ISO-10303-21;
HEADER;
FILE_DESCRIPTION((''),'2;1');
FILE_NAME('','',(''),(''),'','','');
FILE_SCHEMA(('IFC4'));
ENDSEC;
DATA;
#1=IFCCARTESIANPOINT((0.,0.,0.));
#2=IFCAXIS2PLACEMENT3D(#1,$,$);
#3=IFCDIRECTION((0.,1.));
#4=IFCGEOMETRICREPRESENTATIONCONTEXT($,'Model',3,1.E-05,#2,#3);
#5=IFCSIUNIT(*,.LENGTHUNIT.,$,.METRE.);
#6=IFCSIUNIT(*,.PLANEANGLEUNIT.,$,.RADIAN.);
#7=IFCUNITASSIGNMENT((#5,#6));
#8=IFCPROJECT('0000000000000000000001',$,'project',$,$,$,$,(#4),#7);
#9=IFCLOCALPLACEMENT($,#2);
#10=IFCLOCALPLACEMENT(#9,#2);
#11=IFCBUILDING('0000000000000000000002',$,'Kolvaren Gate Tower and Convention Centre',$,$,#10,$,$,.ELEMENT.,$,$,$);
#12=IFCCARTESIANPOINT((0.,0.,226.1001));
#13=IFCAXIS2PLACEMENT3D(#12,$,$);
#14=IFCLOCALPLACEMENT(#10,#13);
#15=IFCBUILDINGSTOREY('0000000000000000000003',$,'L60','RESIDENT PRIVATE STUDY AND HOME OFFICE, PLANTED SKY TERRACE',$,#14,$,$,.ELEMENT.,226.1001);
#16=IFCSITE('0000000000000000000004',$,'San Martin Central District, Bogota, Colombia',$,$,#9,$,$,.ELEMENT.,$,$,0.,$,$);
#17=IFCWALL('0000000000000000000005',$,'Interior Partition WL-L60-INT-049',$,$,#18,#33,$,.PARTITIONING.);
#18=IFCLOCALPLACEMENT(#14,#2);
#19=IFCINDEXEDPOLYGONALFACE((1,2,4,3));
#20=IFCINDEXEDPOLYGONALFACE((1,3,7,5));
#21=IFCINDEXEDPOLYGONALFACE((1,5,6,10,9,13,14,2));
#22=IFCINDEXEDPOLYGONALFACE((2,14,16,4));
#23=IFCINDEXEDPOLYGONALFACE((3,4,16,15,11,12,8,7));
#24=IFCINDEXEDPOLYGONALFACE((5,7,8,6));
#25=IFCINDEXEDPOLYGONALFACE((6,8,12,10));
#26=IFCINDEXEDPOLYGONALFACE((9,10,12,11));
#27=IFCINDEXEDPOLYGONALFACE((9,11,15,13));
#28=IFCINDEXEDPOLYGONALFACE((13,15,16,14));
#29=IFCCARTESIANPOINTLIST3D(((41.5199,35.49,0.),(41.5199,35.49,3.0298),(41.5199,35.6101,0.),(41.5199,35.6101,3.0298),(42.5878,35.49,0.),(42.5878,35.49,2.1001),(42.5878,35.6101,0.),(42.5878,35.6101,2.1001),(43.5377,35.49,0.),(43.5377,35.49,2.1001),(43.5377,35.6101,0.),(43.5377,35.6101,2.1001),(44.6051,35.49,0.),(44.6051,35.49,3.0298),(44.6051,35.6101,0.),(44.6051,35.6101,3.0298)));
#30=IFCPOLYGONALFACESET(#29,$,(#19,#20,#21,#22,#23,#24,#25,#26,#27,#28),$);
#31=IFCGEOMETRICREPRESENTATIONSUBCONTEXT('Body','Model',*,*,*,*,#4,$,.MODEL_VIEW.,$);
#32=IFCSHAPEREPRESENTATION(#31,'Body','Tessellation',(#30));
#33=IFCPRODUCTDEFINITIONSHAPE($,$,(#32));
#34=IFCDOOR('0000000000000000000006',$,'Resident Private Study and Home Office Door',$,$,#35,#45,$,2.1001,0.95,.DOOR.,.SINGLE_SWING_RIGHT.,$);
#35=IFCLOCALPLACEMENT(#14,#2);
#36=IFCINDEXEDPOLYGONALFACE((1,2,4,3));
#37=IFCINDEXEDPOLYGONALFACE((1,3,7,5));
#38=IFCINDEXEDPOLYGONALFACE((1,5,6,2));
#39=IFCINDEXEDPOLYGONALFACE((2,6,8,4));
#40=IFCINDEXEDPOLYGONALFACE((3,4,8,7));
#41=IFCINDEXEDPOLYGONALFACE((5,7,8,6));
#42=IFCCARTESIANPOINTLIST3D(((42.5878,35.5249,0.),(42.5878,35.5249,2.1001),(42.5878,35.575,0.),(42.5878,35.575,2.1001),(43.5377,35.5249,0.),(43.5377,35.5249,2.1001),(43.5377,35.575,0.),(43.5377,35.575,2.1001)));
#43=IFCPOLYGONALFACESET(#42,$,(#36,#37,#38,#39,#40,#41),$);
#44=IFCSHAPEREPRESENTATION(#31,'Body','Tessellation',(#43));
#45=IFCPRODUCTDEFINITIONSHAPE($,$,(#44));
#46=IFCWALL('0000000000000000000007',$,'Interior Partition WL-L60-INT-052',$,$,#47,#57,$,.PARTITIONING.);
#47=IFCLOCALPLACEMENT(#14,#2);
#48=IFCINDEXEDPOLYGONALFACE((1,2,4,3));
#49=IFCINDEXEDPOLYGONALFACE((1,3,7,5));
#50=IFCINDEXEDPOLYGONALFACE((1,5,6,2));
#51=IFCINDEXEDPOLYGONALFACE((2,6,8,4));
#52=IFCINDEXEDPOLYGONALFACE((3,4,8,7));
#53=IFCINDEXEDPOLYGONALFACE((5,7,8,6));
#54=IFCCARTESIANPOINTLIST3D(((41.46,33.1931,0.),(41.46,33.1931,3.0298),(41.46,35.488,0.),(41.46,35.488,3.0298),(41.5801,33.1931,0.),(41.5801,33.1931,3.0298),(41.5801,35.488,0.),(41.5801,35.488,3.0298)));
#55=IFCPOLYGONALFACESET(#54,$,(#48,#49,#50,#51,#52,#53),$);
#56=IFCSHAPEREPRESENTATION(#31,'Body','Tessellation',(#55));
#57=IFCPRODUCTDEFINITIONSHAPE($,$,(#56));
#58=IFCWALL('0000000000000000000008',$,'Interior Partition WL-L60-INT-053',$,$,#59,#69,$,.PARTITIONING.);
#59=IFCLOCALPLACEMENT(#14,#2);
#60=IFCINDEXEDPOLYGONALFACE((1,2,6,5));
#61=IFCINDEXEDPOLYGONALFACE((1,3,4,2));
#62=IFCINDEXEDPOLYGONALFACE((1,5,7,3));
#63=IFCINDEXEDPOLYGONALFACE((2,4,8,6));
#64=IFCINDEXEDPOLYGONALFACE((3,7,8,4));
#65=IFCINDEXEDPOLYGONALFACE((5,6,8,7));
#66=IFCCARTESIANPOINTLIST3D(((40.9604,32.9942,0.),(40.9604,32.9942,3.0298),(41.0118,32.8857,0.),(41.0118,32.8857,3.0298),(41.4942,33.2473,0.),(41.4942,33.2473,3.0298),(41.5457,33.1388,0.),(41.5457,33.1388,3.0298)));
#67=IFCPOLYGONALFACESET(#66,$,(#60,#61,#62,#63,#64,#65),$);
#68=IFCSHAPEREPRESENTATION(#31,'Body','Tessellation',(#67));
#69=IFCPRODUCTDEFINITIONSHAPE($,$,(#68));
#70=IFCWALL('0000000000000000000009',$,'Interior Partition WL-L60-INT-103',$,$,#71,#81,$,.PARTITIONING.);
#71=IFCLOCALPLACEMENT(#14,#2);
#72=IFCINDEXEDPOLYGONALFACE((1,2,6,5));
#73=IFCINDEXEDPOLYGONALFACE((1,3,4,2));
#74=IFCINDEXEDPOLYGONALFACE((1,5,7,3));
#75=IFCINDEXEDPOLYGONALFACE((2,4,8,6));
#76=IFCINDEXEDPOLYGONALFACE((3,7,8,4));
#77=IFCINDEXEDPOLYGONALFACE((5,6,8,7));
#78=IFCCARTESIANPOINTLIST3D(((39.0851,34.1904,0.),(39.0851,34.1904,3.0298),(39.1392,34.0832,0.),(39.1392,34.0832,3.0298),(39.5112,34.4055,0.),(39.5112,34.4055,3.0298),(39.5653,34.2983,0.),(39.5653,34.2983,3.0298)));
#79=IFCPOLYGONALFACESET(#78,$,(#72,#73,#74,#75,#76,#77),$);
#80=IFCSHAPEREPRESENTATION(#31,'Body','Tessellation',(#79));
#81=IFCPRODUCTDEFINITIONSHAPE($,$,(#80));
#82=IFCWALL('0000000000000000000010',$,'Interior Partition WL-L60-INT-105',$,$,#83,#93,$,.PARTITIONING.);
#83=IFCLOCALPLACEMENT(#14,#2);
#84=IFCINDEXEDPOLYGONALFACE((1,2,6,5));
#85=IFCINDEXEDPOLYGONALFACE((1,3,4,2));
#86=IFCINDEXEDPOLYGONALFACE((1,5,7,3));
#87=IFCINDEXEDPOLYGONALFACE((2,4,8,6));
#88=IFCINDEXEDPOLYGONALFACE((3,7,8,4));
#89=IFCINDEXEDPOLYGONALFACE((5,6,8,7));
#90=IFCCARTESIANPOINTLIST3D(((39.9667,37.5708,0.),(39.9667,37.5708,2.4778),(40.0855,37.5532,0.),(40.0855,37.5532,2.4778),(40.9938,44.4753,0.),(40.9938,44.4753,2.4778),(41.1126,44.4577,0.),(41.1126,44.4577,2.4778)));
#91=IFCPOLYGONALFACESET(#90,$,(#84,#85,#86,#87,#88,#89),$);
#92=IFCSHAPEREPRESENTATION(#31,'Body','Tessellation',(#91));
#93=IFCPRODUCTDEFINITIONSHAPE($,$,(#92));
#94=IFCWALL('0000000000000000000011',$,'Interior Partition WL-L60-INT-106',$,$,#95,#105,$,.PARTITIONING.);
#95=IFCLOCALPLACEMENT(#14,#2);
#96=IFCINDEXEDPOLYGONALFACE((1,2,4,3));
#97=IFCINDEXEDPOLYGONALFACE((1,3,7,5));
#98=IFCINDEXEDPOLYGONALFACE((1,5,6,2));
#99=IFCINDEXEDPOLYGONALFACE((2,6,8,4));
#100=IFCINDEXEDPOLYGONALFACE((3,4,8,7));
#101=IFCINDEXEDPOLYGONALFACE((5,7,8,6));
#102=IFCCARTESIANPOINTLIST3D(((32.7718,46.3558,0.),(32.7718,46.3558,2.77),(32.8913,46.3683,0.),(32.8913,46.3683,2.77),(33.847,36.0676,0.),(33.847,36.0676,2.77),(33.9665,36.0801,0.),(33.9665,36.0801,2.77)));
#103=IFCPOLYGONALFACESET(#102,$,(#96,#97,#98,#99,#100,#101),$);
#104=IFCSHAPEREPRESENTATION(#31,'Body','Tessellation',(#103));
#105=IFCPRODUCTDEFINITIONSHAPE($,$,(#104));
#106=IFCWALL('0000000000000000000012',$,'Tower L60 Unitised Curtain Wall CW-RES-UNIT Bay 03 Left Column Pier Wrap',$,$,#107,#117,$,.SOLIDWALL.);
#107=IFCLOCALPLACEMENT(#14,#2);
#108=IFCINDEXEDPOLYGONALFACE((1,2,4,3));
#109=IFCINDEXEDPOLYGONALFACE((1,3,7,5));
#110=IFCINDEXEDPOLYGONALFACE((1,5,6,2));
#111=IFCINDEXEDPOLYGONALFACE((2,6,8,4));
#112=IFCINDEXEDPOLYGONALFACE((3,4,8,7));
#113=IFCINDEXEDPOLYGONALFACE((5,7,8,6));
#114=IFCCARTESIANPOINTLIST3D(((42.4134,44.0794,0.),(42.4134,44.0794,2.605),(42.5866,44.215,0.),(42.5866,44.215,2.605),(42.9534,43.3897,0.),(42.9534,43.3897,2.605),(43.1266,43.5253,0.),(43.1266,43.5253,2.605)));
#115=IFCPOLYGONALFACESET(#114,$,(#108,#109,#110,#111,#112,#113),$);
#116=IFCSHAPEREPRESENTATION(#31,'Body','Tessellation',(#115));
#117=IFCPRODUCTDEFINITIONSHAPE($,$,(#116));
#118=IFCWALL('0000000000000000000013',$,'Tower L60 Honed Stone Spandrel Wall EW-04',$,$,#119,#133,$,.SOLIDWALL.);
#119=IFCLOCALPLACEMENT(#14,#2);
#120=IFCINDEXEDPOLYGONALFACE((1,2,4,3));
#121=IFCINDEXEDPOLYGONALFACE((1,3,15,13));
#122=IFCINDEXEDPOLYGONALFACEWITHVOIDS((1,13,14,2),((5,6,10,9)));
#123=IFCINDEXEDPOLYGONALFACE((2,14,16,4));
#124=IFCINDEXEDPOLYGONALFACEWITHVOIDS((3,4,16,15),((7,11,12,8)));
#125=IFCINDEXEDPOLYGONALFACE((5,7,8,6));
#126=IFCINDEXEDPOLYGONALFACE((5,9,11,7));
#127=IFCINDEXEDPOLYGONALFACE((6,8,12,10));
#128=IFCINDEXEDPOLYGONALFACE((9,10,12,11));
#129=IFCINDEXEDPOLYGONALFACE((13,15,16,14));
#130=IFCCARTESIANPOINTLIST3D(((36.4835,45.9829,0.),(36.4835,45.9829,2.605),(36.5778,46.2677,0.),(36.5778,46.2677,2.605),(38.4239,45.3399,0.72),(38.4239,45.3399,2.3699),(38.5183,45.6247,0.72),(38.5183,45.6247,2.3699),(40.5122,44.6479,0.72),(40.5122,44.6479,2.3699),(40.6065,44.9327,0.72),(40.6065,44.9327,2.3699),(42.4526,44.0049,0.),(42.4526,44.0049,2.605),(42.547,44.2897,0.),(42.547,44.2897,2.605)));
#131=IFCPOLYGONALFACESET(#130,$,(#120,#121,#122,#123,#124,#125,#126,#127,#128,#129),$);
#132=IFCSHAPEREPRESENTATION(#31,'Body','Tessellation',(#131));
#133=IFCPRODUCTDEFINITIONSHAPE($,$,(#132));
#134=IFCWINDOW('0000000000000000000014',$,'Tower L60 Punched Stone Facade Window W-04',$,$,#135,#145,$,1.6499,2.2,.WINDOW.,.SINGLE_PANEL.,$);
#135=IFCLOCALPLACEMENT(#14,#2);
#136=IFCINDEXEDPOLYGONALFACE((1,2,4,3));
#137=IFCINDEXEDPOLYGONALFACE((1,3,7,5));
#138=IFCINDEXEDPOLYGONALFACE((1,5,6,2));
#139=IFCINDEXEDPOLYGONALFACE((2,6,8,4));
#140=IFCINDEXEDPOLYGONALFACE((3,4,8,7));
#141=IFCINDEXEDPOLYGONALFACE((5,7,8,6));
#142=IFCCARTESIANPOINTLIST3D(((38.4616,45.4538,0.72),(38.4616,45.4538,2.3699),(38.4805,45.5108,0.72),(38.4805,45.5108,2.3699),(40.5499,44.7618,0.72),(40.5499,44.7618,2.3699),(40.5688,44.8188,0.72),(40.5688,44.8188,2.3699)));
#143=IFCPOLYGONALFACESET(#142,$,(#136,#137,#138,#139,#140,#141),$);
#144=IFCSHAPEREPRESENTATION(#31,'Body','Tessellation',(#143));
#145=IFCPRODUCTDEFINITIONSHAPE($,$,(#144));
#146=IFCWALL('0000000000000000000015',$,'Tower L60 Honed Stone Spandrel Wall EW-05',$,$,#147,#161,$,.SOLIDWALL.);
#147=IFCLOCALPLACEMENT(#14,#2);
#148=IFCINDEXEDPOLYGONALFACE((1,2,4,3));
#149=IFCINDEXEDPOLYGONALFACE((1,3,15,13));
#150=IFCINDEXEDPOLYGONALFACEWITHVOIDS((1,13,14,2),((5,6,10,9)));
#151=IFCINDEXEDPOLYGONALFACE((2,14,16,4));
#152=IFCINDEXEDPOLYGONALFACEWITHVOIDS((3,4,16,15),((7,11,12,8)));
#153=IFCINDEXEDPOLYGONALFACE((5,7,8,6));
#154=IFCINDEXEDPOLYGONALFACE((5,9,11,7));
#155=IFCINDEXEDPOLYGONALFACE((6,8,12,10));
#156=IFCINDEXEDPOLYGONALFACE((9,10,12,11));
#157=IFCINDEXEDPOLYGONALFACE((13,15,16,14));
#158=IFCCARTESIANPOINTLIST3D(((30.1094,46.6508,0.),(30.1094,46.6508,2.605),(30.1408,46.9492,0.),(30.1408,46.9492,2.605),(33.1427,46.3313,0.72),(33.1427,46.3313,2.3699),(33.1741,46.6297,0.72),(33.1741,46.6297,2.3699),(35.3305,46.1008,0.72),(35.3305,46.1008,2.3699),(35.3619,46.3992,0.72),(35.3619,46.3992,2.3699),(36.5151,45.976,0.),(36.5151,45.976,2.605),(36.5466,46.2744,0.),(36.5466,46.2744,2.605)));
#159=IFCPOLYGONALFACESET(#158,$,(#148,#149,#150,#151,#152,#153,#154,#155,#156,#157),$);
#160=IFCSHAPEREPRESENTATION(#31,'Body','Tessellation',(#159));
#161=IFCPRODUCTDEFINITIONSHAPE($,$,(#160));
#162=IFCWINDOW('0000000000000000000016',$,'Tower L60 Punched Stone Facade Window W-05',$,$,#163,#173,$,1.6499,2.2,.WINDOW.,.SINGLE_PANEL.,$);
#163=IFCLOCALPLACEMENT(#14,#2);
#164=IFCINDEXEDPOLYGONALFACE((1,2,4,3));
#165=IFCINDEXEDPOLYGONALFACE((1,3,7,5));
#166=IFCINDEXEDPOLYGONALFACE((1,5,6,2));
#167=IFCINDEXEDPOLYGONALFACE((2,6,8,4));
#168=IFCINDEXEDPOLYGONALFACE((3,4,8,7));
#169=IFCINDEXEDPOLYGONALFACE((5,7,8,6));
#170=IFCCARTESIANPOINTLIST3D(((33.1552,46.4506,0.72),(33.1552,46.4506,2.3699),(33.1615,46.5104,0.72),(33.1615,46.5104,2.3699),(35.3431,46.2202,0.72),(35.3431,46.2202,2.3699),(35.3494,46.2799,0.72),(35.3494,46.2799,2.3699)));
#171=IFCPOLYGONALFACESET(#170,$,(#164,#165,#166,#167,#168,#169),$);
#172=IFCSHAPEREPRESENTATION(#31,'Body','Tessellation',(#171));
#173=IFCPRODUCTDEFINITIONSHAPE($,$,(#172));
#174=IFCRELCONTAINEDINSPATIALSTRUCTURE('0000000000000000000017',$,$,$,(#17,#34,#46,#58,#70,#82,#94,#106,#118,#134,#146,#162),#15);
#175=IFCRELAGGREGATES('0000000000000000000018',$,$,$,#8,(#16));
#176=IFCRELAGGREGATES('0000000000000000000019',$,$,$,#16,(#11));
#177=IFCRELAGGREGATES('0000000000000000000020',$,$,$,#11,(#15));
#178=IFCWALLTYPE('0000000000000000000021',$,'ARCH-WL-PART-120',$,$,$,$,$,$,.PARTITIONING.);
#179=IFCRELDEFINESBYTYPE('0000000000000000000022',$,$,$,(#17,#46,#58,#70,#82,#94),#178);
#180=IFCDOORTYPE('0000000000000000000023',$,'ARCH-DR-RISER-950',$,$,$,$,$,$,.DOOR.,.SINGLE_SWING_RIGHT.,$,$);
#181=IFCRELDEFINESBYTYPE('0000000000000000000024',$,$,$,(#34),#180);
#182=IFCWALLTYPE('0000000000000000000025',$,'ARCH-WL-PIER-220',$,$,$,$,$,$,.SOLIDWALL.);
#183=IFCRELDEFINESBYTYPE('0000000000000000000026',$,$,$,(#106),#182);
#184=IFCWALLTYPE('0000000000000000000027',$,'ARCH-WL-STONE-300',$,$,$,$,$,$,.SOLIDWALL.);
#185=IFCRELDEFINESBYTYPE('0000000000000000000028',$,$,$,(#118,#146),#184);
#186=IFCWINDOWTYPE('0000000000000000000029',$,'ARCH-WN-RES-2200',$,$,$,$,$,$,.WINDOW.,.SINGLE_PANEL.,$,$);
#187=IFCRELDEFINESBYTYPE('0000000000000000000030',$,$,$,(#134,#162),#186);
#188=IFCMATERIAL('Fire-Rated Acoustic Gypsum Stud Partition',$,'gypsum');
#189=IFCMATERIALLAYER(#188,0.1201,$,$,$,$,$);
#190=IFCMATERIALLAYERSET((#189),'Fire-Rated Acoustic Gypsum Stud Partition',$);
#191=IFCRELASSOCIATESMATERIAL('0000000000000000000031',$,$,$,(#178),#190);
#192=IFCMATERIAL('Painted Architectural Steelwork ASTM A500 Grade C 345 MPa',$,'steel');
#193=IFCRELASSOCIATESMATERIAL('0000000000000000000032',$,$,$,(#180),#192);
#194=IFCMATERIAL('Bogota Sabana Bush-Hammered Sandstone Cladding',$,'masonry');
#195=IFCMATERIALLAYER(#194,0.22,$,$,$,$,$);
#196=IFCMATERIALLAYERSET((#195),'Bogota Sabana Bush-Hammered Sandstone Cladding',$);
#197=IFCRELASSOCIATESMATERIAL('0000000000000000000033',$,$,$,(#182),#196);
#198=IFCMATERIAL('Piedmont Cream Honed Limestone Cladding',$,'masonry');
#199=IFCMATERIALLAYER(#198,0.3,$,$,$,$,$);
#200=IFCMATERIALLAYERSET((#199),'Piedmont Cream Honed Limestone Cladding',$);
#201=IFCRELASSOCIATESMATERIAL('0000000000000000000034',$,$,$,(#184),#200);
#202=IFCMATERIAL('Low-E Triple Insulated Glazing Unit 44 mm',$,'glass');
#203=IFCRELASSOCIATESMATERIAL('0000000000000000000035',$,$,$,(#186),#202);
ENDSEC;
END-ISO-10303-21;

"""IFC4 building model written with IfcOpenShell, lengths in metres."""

from ifc_helpers import new_model, si_unit, direction, frame, frame_2d, origin, place, context, subcontext, project, spatial, rectangle, extrude, material, layer, layer_set, type_object, element, fill, save


model = new_model("IFC4")

# Units and contexts
model_context = context("Model", 3, precision=1e-05, world=origin(), true_north=direction((0.0, 1.0)))
body_context = subcontext(model_context, "Body", "Model", "MODEL_VIEW")
ifc_project = project(units=[si_unit("LENGTHUNIT", "METRE"), si_unit("PLANEANGLEUNIT", "RADIAN")], contexts=[model_context])

# Site, building, storey
site_placement = place(None, origin())
site = spatial("IfcSite", under=ifc_project, at=site_placement, Name="San Martin Central District, Bogota, Colombia", CompositionType="ELEMENT", RefElevation=0.0)
building_placement = place(site_placement, origin())
building = spatial("IfcBuilding", under=site, at=building_placement, Name="Kolvaren Gate Tower and Convention Centre", CompositionType="ELEMENT")
storey_placement = place(building_placement, frame((0.0, 0.0, 226.1001)))
storey = spatial("IfcBuildingStorey", under=building, at=storey_placement, Name="L60", Description="RESIDENT PRIVATE STUDY AND HOME OFFICE, PLANTED SKY TERRACE", CompositionType="ELEMENT", Elevation=226.1001)

# Shared definitions
ifc_material_1 = material(Name="Fire-Rated Acoustic Gypsum Stud Partition", Category="gypsum")
ifc_layer_1 = layer(ifc_material_1, 0.1201)
ifc_layer_set_1 = layer_set([ifc_layer_1], Name="Fire-Rated Acoustic Gypsum Stud Partition")
wall_type_1 = type_object("IfcWallType", Name="ARCH-WL-PART-120", PredefinedType="PARTITIONING", material=ifc_layer_set_1)
ifc_material_2 = material(Name="Painted Architectural Steelwork ASTM A500 Grade C 345 MPa", Category="steel")
door_type = type_object("IfcDoorType", Name="ARCH-DR-RISER-950", OperationType="SINGLE_SWING_RIGHT", PredefinedType="DOOR", material=ifc_material_2)

# Wall, opening, door
wall_1_placement = place(storey_placement, frame((41.52, 35.55, 0.0), z_axis=(0.0, 0.0, 1.0), x_axis=(1.0, 0.0, 0.0)))
wall_1 = element("IfcWall", 1, at=wall_1_placement, inside=storey, type_object=wall_type_1, Name="Interior Partition WL-L60-INT-049", PredefinedType="PARTITIONING", context=body_context, shape_type="SweptSolid", body=[
    extrude(rectangle(XDim=3.0852, YDim=0.1201, at=frame_2d((1.5425, 0.0))), origin(), (0.0, 0.0, 1.0), 3.0298),
])
opening_1_placement = place(wall_1_placement, frame((1.0676, 0.0, 0.0)))
opening_1 = element("IfcOpeningElement", 2, at=opening_1_placement, cuts=wall_1, PredefinedType="OPENING", context=body_context, shape_type="SweptSolid", body=[
    extrude(rectangle(XDim=0.95, YDim=2.1001, at=frame_2d((0.4751, 1.05))), frame((0.0, 0.0701, 0.0), z_axis=(0.0, -1.0, 0.0), x_axis=(1.0, 0.0, 0.0)), (0.0, 0.0, 1.0), 0.1401),
])
door_1_placement = place(opening_1_placement, origin())
door_1 = element("IfcDoor", 3, at=door_1_placement, inside=storey, type_object=door_type, Name="Resident Private Study and Home Office Door", OperationType="SINGLE_SWING_RIGHT", OverallHeight=2.1001, OverallWidth=0.95, PredefinedType="DOOR", context=body_context, shape_type="SweptSolid", body=[
    extrude(rectangle(XDim=0.95, YDim=2.1001, at=frame_2d((0.4751, 1.05))), frame((0.0, 0.0249, 0.0), z_axis=(0.0, -1.0, 0.0), x_axis=(1.0, 0.0, 0.0)), (0.0, 0.0, 1.0), 0.05),
])
fill(opening_1, door_1)

# Walls
wall_2_placement = place(storey_placement, frame((41.52, 33.1931, 0.0), z_axis=(0.0, 0.0, 1.0), x_axis=(0.0, 1.0, 0.0)))
element("IfcWall", 4, at=wall_2_placement, inside=storey, type_object=wall_type_1, Name="Interior Partition WL-L60-INT-052", PredefinedType="PARTITIONING", context=body_context, shape_type="SweptSolid", body=[
    extrude(rectangle(XDim=2.2949, YDim=0.1201, at=frame_2d((1.1475, 0.0))), origin(), (0.0, 0.0, 1.0), 3.0298),
])
wall_3_placement = place(storey_placement, frame((40.9861, 32.9399, 0.0), z_axis=(0.0, 0.0, 1.0), x_axis=(0.90357, 0.428442, 0.0)))
element("IfcWall", 5, at=wall_3_placement, inside=storey, type_object=wall_type_1, Name="Interior Partition WL-L60-INT-053", PredefinedType="PARTITIONING", context=body_context, shape_type="SweptSolid", body=[
    extrude(rectangle(XDim=0.5908, YDim=0.1201, at=frame_2d((0.2954, 0.0))), origin(), (0.0, 0.0, 1.0), 3.0298),
])
wall_4_placement = place(storey_placement, frame((39.1121, 34.1367, 0.0), z_axis=(0.0, 0.0, 1.0), x_axis=(0.892681, 0.450689, 0.0)))
element("IfcWall", 6, at=wall_4_placement, inside=storey, type_object=wall_type_1, Name="Interior Partition WL-L60-INT-103", PredefinedType="PARTITIONING", context=body_context, shape_type="SweptSolid", body=[
    extrude(rectangle(XDim=0.4773, YDim=0.1201, at=frame_2d((0.2388, 0.0))), origin(), (0.0, 0.0, 1.0), 3.0298),
])
wall_5_placement = place(storey_placement, frame((40.0261, 37.562, 0.0), z_axis=(0.0, 0.0, 1.0), x_axis=(0.147138, 0.989116, 0.0)))
element("IfcWall", 7, at=wall_5_placement, inside=storey, type_object=wall_type_1, Name="Interior Partition WL-L60-INT-105", PredefinedType="PARTITIONING", context=body_context, shape_type="SweptSolid", body=[
    extrude(rectangle(XDim=6.9805, YDim=0.1201, at=frame_2d((3.4902, 0.0))), origin(), (0.0, 0.0, 1.0), 2.4778),
])
wall_6_placement = place(storey_placement, frame((32.8315, 46.3621, 0.0), z_axis=(0.0, 0.0, 1.0), x_axis=(0.103943, -0.994583, 0.0)))
element("IfcWall", 8, at=wall_6_placement, inside=storey, type_object=wall_type_1, Name="Interior Partition WL-L60-INT-106", PredefinedType="PARTITIONING", context=body_context, shape_type="SweptSolid", body=[
    extrude(rectangle(XDim=10.3442, YDim=0.1201, at=frame_2d((5.1721, 0.0))), origin(), (0.0, 0.0, 1.0), 2.77),
])
ifc_material_3 = material(Name="Bogota Sabana Bush-Hammered Sandstone Cladding", Category="masonry")
ifc_layer_2 = layer(ifc_material_3, 0.22)
ifc_layer_set_2 = layer_set([ifc_layer_2], Name="Bogota Sabana Bush-Hammered Sandstone Cladding")
wall_type_2 = type_object("IfcWallType", Name="ARCH-WL-PIER-220", PredefinedType="SOLIDWALL", material=ifc_layer_set_2)
wall_7_placement = place(storey_placement, frame((42.5, 44.1472, 0.0), z_axis=(0.0, 0.0, 1.0), x_axis=(0.616504, -0.787352, 0.0)))
element("IfcWall", 9, at=wall_7_placement, inside=storey, type_object=wall_type_2, Name="Tower L60 Unitised Curtain Wall CW-RES-UNIT Bay 03 Left Column Pier Wrap", PredefinedType="SOLIDWALL", context=body_context, shape_type="SweptSolid", body=[
    extrude(rectangle(XDim=0.876, YDim=0.22, at=frame_2d((0.438, 0.0))), origin(), (0.0, 0.0, 1.0), 2.605),
])

# Walls, openings, windows
ifc_material_4 = material(Name="Piedmont Cream Honed Limestone Cladding", Category="masonry")
ifc_layer_3 = layer(ifc_material_4, 0.3)
ifc_layer_set_3 = layer_set([ifc_layer_3], Name="Piedmont Cream Honed Limestone Cladding")
wall_type_3 = type_object("IfcWallType", Name="ARCH-WL-STONE-300", PredefinedType="SOLIDWALL", material=ifc_layer_set_3)
wall_8_placement = place(storey_placement, frame((36.5308, 46.1252, 0.0), z_axis=(0.0, 0.0, 1.0), x_axis=(0.949241, -0.31455, 0.0)))
wall_8 = element("IfcWall", 10, at=wall_8_placement, inside=storey, type_object=wall_type_3, Name="Tower L60 Honed Stone Spandrel Wall EW-04", PredefinedType="SOLIDWALL", context=body_context, shape_type="SweptSolid", body=[
    extrude(rectangle(XDim=6.2883, YDim=0.3, at=frame_2d((3.144, 0.0))), origin(), (0.0, 0.0, 1.0), 2.605),
])
opening_2_placement = place(wall_8_placement, frame((2.0439, 0.0, 0.72)))
opening_2 = element("IfcOpeningElement", 11, at=opening_2_placement, cuts=wall_8, PredefinedType="OPENING", context=body_context, shape_type="SweptSolid", body=[
    extrude(rectangle(XDim=2.2, YDim=1.6499, at=frame_2d((1.1001, 0.825))), frame((0.0, 0.1599, 0.0), z_axis=(0.0, -1.0, 0.0), x_axis=(1.0, 0.0, 0.0)), (0.0, 0.0, 1.0), 0.3201),
])
ifc_material_5 = material(Name="Low-E Triple Insulated Glazing Unit 44 mm", Category="glass")
window_type = type_object("IfcWindowType", Name="ARCH-WN-RES-2200", PartitioningType="SINGLE_PANEL", PredefinedType="WINDOW", material=ifc_material_5)
window_1_placement = place(opening_2_placement, origin())
window_1 = element("IfcWindow", 12, at=window_1_placement, inside=storey, type_object=window_type, Name="Tower L60 Punched Stone Facade Window W-04", OverallHeight=1.6499, OverallWidth=2.2, PartitioningType="SINGLE_PANEL", PredefinedType="WINDOW", context=body_context, shape_type="SweptSolid", body=[
    extrude(rectangle(XDim=2.2, YDim=1.6499, at=frame_2d((1.1001, 0.825))), frame((0.0, 0.03, 0.0), z_axis=(0.0, -1.0, 0.0), x_axis=(1.0, 0.0, 0.0)), (0.0, 0.0, 1.0), 0.0601),
])
fill(opening_2, window_1)
wall_9_placement = place(storey_placement, frame((30.125, 46.8, 0.0), z_axis=(0.0, 0.0, 1.0), x_axis=(0.994497, -0.104764, 0.0)))
wall_9 = element("IfcWall", 13, at=wall_9_placement, inside=storey, type_object=wall_type_3, Name="Tower L60 Honed Stone Spandrel Wall EW-05", PredefinedType="SOLIDWALL", context=body_context, shape_type="SweptSolid", body=[
    extrude(rectangle(XDim=6.4412, YDim=0.3, at=frame_2d((3.2207, 0.0))), origin(), (0.0, 0.0, 1.0), 2.605),
])
opening_3_placement = place(wall_9_placement, frame((3.05, 0.0, 0.72)))
opening_3 = element("IfcOpeningElement", 14, at=opening_3_placement, cuts=wall_9, PredefinedType="OPENING", context=body_context, shape_type="SweptSolid", body=[
    extrude(rectangle(XDim=2.2, YDim=1.6499, at=frame_2d((1.1001, 0.825))), frame((0.0, 0.1599, 0.0), z_axis=(0.0, -1.0, 0.0), x_axis=(1.0, 0.0, 0.0)), (0.0, 0.0, 1.0), 0.3201),
])
window_2_placement = place(opening_3_placement, origin())
window_2 = element("IfcWindow", 15, at=window_2_placement, inside=storey, type_object=window_type, Name="Tower L60 Punched Stone Facade Window W-05", OverallHeight=1.6499, OverallWidth=2.2, PartitioningType="SINGLE_PANEL", PredefinedType="WINDOW", context=body_context, shape_type="SweptSolid", body=[
    extrude(rectangle(XDim=2.2, YDim=1.6499, at=frame_2d((1.1001, 0.825))), frame((0.0, 0.03, 0.0), z_axis=(0.0, -1.0, 0.0), x_axis=(1.0, 0.0, 0.0)), (0.0, 0.0, 1.0), 0.0601),
])
fill(opening_3, window_2)

save(model, "model.ifc")
